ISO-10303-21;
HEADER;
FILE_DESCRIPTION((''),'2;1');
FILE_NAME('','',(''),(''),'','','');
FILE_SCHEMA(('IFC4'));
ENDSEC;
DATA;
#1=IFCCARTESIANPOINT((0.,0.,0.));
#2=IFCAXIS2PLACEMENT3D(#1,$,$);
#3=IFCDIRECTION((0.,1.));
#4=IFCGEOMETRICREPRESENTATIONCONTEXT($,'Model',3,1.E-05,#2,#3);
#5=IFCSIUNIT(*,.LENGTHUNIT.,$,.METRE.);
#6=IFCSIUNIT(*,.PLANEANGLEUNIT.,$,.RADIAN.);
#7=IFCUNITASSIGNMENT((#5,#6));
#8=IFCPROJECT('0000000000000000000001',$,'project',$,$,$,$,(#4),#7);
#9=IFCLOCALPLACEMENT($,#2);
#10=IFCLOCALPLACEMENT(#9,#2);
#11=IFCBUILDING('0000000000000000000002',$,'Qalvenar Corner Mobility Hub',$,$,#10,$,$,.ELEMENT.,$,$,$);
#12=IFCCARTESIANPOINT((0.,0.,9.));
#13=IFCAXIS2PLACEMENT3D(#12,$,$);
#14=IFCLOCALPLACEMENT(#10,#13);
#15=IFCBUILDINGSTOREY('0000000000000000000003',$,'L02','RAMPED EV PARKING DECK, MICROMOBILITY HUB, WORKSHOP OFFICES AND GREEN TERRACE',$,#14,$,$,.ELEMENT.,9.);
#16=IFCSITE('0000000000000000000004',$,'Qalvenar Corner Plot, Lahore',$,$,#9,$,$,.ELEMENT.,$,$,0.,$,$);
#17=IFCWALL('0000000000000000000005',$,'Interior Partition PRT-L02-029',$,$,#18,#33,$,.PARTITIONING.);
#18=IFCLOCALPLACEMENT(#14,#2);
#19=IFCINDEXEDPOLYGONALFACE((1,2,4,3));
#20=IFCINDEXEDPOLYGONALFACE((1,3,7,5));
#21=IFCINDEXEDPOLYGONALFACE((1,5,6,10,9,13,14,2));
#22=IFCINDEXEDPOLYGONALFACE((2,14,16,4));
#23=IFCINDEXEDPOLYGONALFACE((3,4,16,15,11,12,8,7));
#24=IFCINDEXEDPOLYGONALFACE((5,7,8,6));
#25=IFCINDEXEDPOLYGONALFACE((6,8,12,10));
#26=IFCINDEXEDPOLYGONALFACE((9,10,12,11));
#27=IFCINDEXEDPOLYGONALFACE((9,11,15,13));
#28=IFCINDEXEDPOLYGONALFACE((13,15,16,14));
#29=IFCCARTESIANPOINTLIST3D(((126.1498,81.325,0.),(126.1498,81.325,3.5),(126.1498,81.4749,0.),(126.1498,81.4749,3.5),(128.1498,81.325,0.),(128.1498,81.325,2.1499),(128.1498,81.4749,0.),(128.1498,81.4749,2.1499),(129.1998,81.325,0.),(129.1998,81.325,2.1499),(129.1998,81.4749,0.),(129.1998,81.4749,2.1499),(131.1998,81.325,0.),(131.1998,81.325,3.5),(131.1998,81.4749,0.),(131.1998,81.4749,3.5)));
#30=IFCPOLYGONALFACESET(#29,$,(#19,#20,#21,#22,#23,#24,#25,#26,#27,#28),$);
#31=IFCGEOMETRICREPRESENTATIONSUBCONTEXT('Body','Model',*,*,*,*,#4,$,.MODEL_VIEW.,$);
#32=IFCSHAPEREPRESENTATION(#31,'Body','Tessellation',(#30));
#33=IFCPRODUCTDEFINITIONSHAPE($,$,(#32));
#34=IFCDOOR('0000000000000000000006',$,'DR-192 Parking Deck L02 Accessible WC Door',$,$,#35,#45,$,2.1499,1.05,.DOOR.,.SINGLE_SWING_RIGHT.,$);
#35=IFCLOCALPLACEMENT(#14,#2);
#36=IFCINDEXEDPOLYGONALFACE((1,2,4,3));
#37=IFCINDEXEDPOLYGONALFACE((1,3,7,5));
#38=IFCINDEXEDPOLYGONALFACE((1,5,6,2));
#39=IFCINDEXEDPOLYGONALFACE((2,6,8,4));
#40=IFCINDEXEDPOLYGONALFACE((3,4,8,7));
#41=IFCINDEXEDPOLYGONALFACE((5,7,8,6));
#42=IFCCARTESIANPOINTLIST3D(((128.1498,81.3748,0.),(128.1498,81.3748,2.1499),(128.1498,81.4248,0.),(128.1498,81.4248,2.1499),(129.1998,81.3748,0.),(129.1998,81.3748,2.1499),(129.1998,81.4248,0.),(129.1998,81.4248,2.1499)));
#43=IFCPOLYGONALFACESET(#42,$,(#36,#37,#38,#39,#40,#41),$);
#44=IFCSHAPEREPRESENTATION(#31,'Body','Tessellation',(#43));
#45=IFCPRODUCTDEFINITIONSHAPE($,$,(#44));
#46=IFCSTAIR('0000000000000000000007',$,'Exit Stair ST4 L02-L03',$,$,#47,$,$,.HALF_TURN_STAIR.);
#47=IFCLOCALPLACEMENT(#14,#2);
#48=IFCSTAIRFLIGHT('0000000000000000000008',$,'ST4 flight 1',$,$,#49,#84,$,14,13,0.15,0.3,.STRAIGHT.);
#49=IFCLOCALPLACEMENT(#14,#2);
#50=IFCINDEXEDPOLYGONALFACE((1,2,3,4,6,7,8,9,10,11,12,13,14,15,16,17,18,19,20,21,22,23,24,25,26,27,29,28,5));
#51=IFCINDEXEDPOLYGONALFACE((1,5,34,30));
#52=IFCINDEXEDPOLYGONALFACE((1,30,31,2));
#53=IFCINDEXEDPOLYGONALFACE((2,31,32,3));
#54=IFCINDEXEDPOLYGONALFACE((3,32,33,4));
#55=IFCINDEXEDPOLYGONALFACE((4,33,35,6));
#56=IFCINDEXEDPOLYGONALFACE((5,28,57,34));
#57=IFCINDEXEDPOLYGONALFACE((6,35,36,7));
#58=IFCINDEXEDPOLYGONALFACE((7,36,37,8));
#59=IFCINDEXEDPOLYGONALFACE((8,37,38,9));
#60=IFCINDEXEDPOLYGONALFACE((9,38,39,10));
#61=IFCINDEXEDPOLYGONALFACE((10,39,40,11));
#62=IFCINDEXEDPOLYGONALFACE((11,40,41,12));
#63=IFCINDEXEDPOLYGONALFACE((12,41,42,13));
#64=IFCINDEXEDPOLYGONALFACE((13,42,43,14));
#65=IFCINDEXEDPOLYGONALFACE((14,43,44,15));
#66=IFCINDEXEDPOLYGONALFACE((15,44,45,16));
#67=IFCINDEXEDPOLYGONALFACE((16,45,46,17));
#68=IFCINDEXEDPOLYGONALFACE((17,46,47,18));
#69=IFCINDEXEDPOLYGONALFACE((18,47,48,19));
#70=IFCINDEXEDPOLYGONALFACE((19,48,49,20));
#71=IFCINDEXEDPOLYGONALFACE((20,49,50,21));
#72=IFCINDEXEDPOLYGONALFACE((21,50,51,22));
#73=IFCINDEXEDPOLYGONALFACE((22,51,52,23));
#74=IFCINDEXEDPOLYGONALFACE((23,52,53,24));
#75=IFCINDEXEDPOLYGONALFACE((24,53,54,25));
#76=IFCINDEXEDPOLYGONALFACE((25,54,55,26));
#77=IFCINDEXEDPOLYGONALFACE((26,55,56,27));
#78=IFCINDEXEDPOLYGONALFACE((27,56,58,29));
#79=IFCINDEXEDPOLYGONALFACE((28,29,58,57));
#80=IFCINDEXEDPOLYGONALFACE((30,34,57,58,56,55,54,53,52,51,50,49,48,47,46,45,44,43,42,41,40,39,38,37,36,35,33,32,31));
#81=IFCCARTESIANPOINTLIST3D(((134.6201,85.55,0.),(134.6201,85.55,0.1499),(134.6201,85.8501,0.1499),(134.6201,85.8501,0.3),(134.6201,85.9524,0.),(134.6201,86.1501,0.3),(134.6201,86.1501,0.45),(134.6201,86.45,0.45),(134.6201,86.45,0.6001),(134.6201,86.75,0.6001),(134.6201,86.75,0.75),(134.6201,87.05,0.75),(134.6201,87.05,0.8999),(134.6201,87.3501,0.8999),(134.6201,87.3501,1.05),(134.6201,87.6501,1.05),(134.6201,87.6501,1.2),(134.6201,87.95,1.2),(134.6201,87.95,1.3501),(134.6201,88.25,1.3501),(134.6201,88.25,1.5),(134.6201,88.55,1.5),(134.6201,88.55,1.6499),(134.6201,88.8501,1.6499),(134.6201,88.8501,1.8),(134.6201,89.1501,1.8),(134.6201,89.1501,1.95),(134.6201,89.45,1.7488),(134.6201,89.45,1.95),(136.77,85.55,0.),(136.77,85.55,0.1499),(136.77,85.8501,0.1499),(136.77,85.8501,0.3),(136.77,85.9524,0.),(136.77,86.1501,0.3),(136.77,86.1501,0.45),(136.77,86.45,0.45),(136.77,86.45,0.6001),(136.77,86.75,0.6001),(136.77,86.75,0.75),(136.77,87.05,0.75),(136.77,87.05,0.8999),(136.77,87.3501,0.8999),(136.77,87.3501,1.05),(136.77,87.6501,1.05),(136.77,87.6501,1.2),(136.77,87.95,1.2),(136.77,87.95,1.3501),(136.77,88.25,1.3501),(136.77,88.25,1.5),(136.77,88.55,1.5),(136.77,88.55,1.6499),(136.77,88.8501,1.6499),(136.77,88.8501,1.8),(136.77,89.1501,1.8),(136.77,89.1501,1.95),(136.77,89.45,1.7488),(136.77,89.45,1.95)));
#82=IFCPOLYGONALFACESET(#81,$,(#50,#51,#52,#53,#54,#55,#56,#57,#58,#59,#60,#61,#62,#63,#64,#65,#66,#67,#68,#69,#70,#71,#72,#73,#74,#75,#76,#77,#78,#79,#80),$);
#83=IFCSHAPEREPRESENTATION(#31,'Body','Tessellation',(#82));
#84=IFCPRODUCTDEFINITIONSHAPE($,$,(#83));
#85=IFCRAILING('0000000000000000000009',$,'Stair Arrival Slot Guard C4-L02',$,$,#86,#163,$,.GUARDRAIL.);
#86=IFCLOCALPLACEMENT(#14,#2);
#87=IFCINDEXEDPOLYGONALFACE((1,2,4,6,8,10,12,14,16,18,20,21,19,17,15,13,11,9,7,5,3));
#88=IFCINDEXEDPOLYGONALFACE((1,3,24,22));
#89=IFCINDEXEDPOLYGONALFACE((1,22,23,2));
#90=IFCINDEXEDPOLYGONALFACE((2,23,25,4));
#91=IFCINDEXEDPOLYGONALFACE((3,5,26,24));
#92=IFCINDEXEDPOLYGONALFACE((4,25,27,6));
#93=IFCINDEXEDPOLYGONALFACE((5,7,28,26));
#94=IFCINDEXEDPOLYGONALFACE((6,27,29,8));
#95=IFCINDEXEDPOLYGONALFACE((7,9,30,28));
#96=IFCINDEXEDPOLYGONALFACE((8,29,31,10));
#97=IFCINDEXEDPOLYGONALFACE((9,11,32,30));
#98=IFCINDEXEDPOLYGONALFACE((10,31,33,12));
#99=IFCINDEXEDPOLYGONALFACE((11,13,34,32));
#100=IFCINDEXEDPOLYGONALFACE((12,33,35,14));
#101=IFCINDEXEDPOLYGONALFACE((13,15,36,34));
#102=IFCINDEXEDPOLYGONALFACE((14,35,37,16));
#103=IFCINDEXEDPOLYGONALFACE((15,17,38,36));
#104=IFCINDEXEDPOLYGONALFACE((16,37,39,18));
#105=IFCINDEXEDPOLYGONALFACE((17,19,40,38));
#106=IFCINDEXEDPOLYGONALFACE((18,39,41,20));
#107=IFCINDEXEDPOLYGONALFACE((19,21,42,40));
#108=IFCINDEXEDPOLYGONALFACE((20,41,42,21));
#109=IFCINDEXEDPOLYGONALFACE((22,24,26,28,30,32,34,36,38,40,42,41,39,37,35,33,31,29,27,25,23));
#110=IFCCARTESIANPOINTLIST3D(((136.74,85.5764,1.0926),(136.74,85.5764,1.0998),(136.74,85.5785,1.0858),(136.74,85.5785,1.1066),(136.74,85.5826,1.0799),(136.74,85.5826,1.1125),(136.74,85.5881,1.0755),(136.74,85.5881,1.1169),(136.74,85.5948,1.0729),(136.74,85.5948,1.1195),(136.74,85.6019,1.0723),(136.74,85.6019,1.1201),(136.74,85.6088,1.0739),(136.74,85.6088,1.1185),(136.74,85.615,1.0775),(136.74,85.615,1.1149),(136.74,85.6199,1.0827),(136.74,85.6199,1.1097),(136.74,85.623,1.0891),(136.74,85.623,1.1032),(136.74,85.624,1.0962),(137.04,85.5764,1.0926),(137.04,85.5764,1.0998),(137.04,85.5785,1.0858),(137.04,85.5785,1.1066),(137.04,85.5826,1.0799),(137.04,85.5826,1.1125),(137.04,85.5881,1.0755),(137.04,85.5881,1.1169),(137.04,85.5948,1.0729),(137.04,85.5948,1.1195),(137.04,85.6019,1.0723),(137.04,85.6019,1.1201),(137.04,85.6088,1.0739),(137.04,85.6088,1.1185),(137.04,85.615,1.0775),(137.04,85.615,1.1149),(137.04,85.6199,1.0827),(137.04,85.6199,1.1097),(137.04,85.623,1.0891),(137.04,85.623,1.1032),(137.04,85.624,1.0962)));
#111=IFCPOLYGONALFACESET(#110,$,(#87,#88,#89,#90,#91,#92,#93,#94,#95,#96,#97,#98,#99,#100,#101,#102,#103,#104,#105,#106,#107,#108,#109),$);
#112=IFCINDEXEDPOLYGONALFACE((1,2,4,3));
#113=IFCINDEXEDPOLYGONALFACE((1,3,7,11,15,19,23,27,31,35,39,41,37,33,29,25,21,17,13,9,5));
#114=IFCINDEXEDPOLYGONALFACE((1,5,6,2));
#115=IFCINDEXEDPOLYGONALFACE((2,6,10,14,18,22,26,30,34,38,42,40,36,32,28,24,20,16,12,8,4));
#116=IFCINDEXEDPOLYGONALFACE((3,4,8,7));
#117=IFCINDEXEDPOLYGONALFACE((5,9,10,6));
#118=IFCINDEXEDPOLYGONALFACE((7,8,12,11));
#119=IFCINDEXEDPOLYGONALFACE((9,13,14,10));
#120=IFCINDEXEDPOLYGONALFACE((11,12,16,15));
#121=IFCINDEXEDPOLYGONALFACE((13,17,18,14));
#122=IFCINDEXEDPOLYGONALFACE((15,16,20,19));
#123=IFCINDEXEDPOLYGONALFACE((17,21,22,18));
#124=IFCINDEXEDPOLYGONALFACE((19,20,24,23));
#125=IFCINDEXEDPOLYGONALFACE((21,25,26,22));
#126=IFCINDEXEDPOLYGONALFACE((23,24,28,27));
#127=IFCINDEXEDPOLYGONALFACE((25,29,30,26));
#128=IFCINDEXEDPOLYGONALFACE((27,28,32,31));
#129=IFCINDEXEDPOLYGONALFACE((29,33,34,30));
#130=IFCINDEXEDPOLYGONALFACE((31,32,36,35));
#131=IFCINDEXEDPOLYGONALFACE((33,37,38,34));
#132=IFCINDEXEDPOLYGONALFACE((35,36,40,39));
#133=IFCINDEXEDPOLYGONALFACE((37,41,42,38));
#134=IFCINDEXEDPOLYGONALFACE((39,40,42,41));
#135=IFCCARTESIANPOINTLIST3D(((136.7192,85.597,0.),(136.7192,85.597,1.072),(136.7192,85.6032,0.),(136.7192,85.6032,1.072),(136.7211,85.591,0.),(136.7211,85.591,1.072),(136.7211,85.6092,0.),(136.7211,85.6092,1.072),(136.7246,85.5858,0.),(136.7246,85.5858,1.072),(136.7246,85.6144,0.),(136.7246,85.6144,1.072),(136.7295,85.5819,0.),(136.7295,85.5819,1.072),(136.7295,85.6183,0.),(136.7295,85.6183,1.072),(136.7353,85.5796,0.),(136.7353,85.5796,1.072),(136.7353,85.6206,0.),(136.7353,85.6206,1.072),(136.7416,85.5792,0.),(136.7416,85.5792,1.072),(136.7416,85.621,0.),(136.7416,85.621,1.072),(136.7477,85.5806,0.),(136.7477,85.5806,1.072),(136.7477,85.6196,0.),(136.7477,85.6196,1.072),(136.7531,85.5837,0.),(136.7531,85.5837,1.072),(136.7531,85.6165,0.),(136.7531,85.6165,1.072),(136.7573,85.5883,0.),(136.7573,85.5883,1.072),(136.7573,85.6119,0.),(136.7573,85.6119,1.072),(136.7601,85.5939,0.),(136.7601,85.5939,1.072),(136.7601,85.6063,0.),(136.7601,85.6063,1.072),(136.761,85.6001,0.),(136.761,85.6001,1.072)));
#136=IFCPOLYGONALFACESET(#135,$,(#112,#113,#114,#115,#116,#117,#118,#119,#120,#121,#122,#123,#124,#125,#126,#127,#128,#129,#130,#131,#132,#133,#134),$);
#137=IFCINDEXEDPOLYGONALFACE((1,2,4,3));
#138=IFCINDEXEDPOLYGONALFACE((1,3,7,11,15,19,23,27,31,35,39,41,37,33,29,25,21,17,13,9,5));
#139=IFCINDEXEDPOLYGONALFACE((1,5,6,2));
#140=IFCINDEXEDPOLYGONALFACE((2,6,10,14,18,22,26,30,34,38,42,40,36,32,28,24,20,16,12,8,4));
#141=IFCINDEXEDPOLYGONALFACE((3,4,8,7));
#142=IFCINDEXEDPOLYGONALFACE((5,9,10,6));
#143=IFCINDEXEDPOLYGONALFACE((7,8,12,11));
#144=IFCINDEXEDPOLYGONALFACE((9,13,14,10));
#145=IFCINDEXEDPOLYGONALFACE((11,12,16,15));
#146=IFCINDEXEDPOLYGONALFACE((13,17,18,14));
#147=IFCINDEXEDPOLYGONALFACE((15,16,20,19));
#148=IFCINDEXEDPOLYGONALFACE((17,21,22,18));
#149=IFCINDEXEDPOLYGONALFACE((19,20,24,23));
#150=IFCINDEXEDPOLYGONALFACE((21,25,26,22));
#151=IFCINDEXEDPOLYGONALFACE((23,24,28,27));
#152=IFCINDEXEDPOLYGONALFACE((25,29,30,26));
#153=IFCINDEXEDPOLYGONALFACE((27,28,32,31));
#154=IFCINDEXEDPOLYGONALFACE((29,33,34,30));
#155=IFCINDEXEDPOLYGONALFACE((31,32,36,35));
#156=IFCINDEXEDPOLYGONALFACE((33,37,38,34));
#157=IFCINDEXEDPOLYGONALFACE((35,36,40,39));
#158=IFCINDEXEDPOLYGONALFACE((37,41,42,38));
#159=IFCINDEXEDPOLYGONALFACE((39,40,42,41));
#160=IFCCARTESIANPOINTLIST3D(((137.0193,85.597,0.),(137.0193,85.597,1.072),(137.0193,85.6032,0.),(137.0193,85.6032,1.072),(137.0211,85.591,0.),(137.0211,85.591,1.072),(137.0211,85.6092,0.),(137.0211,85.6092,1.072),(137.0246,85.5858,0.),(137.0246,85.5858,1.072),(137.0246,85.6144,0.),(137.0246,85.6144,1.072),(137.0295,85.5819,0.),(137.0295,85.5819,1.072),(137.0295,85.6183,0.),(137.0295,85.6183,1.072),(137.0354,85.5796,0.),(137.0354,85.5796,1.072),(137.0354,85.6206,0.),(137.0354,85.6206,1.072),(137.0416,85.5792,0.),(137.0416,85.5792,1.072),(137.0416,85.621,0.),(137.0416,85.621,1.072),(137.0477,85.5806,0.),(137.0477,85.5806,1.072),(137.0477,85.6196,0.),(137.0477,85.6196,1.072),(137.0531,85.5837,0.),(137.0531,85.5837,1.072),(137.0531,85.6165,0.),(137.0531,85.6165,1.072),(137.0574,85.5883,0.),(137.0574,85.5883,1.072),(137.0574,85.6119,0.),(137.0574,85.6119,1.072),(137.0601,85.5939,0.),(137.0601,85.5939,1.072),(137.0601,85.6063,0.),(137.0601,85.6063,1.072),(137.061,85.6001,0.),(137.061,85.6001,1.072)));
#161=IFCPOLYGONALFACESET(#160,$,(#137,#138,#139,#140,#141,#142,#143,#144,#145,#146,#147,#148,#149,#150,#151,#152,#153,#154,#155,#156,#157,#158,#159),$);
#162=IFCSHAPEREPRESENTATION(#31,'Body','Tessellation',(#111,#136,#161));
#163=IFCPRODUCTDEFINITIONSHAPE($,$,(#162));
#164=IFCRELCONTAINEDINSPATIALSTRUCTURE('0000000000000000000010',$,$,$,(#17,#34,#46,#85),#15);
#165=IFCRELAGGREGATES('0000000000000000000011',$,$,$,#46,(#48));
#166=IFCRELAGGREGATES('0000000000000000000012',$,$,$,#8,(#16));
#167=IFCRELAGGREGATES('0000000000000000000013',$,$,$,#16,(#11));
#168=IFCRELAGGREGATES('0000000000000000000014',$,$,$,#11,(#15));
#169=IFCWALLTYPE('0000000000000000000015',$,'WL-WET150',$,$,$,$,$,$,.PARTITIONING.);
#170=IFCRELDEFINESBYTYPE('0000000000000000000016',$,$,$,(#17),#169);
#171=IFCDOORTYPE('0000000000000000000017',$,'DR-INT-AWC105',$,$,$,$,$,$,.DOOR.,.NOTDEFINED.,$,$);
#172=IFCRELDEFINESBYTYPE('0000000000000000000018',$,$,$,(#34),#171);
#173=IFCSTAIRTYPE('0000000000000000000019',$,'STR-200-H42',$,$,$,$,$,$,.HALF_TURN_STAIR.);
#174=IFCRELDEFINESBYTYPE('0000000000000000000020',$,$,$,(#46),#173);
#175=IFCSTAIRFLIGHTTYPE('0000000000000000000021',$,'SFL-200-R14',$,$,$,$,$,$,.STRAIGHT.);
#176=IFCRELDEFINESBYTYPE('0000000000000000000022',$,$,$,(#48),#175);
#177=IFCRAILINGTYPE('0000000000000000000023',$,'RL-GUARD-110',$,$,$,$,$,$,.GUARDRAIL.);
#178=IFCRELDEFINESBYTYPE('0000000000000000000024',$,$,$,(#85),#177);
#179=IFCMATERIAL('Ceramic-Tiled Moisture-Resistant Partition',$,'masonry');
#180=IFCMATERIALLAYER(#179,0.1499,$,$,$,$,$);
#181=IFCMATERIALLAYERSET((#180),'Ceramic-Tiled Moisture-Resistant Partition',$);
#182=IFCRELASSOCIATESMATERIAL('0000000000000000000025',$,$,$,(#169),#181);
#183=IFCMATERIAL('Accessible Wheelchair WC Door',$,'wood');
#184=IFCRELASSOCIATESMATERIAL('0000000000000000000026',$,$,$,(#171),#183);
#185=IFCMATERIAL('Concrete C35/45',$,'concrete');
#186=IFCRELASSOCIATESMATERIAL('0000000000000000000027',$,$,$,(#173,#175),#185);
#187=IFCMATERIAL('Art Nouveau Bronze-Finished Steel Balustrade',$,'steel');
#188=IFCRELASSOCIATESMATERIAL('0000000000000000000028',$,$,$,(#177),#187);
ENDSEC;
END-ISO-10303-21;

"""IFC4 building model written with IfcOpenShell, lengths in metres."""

from ifc_helpers import new_model, si_unit, direction, frame, frame_2d, origin, origin_2d, place, context, subcontext, project, spatial, polyline, rectangle, circle, outline, extrude, material, layer, layer_set, type_object, element, fill, aggregate, save


model = new_model("IFC4")

# Units and contexts
model_context = context("Model", 3, precision=1e-05, world=origin(), true_north=direction((0.0, 1.0)))
body_context = subcontext(model_context, "Body", "Model", "MODEL_VIEW")
ifc_project = project(units=[si_unit("LENGTHUNIT", "METRE"), si_unit("PLANEANGLEUNIT", "RADIAN")], contexts=[model_context])

# Site, building, storey
site_placement = place(None, origin())
site = spatial("IfcSite", under=ifc_project, at=site_placement, Name="Qalvenar Corner Plot, Lahore", CompositionType="ELEMENT", RefElevation=0.0)
building_placement = place(site_placement, origin())
building = spatial("IfcBuilding", under=site, at=building_placement, Name="Qalvenar Corner Mobility Hub", CompositionType="ELEMENT")
storey_placement = place(building_placement, frame((0.0, 0.0, 9.0)))
storey = spatial("IfcBuildingStorey", under=building, at=storey_placement, Name="L02", Description="RAMPED EV PARKING DECK, MICROMOBILITY HUB, WORKSHOP OFFICES AND GREEN TERRACE", CompositionType="ELEMENT", Elevation=9.0)

# Wall, opening, door
ifc_material_1 = material(Name="Ceramic-Tiled Moisture-Resistant Partition", Category="masonry")
ifc_layer_1 = layer(ifc_material_1, 0.1499)
ifc_layer_set_1 = layer_set([ifc_layer_1], Name="Ceramic-Tiled Moisture-Resistant Partition")
wall_type_1 = type_object("IfcWallType", Name="WL-WET150", PredefinedType="PARTITIONING", material=ifc_layer_set_1)
wall_1_placement = place(storey_placement, frame((126.1499, 81.3999, 0.0), z_axis=(0.0, 0.0, 1.0), x_axis=(1.0, 0.0, 0.0)))
wall_1 = element("IfcWall", 1, at=wall_1_placement, inside=storey, type_object=wall_type_1, Name="Interior Partition PRT-L02-029", PredefinedType="PARTITIONING", context=body_context, shape_type="SweptSolid", body=[
    extrude(rectangle(XDim=5.05, YDim=0.1499, at=frame_2d((2.5249, 0.0))), origin(), (0.0, 0.0, 1.0), 3.5),
])
opening_1_placement = place(wall_1_placement, frame((2.0, 0.0, 0.0)))
opening_1 = element("IfcOpeningElement", 2, at=opening_1_placement, cuts=wall_1, PredefinedType="OPENING", context=body_context, shape_type="SweptSolid", body=[
    extrude(rectangle(XDim=1.05, YDim=2.1499, at=frame_2d((0.5249, 1.075))), frame((0.0, 0.085, 0.0), z_axis=(0.0, -1.0, 0.0), x_axis=(1.0, 0.0, 0.0)), (0.0, 0.0, 1.0), 0.1699),
])
ifc_material_2 = material(Name="Accessible Wheelchair WC Door", Category="wood")
door_type_1 = type_object("IfcDoorType", Name="DR-INT-AWC105", OperationType="NOTDEFINED", PredefinedType="DOOR", material=ifc_material_2)
door_1_placement = place(opening_1_placement, origin())
door_1 = element("IfcDoor", 3, at=door_1_placement, inside=storey, type_object=door_type_1, Name="DR-192 Parking Deck L02 Accessible WC Door", OperationType="SINGLE_SWING_RIGHT", OverallHeight=2.1499, OverallWidth=1.05, PredefinedType="DOOR", context=body_context, shape_type="SweptSolid", body=[
    extrude(rectangle(XDim=1.05, YDim=2.1499, at=frame_2d((0.5249, 1.075))), frame((0.0, 0.0249, 0.0), z_axis=(0.0, -1.0, 0.0), x_axis=(1.0, 0.0, 0.0)), (0.0, 0.0, 1.0), 0.05),
])
fill(opening_1, door_1)

# Stair, stair flight
ifc_material_3 = material(Name="Concrete C35/45", Category="concrete")
stair_type = type_object("IfcStairType", Name="STR-200-H42", PredefinedType="HALF_TURN_STAIR", material=ifc_material_3)
stair_placement = place(storey_placement, origin())
stair = element("IfcStair", 4, at=stair_placement, inside=storey, type_object=stair_type, Name="Exit Stair ST4 L02-L03", PredefinedType="HALF_TURN_STAIR")
stair_flight_type = type_object("IfcStairFlightType", Name="SFL-200-R14", PredefinedType="STRAIGHT", material=ifc_material_3)
stair_flight_placement = place(storey_placement, frame((135.6951, 85.55, 0.0), z_axis=(0.0, 0.0, 1.0), x_axis=(0.0, 1.0, 0.0)))
stair_flight = element("IfcStairFlight", 5, at=stair_flight_placement, type_object=stair_flight_type, Name="ST4 flight 1", NumberOfRisers=14, NumberOfTreads=13, PredefinedType="STRAIGHT", RiserHeight=0.15, TreadLength=0.3, context=body_context, shape_type="SweptSolid", body=[
    extrude(outline(polyline([(0.0, 0.0), (0.0, 0.1499), (0.3, 0.1499), (0.3, 0.3), (0.6001, 0.3), (0.6001, 0.45), (0.8999, 0.45), (0.8999, 0.6001), (1.2, 0.6001), (1.2, 0.75), (1.5, 0.75), (1.5, 0.8999), (1.8, 0.8999), (1.8, 1.05), (2.1001, 1.05), (2.1001, 1.2), (2.3999, 1.2), (2.3999, 1.3501), (2.7, 1.3501), (2.7, 1.5), (3.0, 1.5), (3.0, 1.6499), (3.3, 1.6499), (3.3, 1.8), (3.6001, 1.8), (3.6001, 1.95), (3.8999, 1.95), (3.8999, 2.1001), (3.8999, 1.7488), (0.4023, 0.0), (0.0, 0.0)])), frame((0.0, 1.075, 0.0), z_axis=(0.0, -1.0, 0.0), x_axis=(1.0, 0.0, 0.0)), (0.0, 0.0, 1.0), 2.1499),
])
aggregate(stair, [stair_flight])

# Railing
ifc_material_4 = material(Name="Art Nouveau Bronze-Finished Steel Balustrade", Category="steel")
railing_type_1 = type_object("IfcRailingType", Name="RL-GUARD-110", PredefinedType="GUARDRAIL", material=ifc_material_4)
for number, where, name in (
    (6, (136.74, 85.6001, 0.0), "Stair Arrival Slot Guard C4-L02"),
):
    element("IfcRailing", number, at=place(storey_placement, frame(where)), inside=storey, type_object=railing_type_1, Name=name, PredefinedType="GUARDRAIL", context=body_context, shape_type="SweptSolid", body=[
        extrude(circle(Radius=0.0239, at=origin_2d()), frame((0.0, 0.0, 1.0962), z_axis=(1.0, 0.0, 0.0), x_axis=(0.0, 1.0, 0.0)), (0.0, 0.0, 1.0), 0.3),
        extrude(circle(Radius=0.021, at=origin_2d()), origin(), (0.0, 0.0, 1.0), 1.072),
        extrude(circle(Radius=0.021, at=origin_2d()), frame((0.3, 0.0, 0.0)), (0.0, 0.0, 1.0), 1.072),
    ])

save(model, "model.ifc")
